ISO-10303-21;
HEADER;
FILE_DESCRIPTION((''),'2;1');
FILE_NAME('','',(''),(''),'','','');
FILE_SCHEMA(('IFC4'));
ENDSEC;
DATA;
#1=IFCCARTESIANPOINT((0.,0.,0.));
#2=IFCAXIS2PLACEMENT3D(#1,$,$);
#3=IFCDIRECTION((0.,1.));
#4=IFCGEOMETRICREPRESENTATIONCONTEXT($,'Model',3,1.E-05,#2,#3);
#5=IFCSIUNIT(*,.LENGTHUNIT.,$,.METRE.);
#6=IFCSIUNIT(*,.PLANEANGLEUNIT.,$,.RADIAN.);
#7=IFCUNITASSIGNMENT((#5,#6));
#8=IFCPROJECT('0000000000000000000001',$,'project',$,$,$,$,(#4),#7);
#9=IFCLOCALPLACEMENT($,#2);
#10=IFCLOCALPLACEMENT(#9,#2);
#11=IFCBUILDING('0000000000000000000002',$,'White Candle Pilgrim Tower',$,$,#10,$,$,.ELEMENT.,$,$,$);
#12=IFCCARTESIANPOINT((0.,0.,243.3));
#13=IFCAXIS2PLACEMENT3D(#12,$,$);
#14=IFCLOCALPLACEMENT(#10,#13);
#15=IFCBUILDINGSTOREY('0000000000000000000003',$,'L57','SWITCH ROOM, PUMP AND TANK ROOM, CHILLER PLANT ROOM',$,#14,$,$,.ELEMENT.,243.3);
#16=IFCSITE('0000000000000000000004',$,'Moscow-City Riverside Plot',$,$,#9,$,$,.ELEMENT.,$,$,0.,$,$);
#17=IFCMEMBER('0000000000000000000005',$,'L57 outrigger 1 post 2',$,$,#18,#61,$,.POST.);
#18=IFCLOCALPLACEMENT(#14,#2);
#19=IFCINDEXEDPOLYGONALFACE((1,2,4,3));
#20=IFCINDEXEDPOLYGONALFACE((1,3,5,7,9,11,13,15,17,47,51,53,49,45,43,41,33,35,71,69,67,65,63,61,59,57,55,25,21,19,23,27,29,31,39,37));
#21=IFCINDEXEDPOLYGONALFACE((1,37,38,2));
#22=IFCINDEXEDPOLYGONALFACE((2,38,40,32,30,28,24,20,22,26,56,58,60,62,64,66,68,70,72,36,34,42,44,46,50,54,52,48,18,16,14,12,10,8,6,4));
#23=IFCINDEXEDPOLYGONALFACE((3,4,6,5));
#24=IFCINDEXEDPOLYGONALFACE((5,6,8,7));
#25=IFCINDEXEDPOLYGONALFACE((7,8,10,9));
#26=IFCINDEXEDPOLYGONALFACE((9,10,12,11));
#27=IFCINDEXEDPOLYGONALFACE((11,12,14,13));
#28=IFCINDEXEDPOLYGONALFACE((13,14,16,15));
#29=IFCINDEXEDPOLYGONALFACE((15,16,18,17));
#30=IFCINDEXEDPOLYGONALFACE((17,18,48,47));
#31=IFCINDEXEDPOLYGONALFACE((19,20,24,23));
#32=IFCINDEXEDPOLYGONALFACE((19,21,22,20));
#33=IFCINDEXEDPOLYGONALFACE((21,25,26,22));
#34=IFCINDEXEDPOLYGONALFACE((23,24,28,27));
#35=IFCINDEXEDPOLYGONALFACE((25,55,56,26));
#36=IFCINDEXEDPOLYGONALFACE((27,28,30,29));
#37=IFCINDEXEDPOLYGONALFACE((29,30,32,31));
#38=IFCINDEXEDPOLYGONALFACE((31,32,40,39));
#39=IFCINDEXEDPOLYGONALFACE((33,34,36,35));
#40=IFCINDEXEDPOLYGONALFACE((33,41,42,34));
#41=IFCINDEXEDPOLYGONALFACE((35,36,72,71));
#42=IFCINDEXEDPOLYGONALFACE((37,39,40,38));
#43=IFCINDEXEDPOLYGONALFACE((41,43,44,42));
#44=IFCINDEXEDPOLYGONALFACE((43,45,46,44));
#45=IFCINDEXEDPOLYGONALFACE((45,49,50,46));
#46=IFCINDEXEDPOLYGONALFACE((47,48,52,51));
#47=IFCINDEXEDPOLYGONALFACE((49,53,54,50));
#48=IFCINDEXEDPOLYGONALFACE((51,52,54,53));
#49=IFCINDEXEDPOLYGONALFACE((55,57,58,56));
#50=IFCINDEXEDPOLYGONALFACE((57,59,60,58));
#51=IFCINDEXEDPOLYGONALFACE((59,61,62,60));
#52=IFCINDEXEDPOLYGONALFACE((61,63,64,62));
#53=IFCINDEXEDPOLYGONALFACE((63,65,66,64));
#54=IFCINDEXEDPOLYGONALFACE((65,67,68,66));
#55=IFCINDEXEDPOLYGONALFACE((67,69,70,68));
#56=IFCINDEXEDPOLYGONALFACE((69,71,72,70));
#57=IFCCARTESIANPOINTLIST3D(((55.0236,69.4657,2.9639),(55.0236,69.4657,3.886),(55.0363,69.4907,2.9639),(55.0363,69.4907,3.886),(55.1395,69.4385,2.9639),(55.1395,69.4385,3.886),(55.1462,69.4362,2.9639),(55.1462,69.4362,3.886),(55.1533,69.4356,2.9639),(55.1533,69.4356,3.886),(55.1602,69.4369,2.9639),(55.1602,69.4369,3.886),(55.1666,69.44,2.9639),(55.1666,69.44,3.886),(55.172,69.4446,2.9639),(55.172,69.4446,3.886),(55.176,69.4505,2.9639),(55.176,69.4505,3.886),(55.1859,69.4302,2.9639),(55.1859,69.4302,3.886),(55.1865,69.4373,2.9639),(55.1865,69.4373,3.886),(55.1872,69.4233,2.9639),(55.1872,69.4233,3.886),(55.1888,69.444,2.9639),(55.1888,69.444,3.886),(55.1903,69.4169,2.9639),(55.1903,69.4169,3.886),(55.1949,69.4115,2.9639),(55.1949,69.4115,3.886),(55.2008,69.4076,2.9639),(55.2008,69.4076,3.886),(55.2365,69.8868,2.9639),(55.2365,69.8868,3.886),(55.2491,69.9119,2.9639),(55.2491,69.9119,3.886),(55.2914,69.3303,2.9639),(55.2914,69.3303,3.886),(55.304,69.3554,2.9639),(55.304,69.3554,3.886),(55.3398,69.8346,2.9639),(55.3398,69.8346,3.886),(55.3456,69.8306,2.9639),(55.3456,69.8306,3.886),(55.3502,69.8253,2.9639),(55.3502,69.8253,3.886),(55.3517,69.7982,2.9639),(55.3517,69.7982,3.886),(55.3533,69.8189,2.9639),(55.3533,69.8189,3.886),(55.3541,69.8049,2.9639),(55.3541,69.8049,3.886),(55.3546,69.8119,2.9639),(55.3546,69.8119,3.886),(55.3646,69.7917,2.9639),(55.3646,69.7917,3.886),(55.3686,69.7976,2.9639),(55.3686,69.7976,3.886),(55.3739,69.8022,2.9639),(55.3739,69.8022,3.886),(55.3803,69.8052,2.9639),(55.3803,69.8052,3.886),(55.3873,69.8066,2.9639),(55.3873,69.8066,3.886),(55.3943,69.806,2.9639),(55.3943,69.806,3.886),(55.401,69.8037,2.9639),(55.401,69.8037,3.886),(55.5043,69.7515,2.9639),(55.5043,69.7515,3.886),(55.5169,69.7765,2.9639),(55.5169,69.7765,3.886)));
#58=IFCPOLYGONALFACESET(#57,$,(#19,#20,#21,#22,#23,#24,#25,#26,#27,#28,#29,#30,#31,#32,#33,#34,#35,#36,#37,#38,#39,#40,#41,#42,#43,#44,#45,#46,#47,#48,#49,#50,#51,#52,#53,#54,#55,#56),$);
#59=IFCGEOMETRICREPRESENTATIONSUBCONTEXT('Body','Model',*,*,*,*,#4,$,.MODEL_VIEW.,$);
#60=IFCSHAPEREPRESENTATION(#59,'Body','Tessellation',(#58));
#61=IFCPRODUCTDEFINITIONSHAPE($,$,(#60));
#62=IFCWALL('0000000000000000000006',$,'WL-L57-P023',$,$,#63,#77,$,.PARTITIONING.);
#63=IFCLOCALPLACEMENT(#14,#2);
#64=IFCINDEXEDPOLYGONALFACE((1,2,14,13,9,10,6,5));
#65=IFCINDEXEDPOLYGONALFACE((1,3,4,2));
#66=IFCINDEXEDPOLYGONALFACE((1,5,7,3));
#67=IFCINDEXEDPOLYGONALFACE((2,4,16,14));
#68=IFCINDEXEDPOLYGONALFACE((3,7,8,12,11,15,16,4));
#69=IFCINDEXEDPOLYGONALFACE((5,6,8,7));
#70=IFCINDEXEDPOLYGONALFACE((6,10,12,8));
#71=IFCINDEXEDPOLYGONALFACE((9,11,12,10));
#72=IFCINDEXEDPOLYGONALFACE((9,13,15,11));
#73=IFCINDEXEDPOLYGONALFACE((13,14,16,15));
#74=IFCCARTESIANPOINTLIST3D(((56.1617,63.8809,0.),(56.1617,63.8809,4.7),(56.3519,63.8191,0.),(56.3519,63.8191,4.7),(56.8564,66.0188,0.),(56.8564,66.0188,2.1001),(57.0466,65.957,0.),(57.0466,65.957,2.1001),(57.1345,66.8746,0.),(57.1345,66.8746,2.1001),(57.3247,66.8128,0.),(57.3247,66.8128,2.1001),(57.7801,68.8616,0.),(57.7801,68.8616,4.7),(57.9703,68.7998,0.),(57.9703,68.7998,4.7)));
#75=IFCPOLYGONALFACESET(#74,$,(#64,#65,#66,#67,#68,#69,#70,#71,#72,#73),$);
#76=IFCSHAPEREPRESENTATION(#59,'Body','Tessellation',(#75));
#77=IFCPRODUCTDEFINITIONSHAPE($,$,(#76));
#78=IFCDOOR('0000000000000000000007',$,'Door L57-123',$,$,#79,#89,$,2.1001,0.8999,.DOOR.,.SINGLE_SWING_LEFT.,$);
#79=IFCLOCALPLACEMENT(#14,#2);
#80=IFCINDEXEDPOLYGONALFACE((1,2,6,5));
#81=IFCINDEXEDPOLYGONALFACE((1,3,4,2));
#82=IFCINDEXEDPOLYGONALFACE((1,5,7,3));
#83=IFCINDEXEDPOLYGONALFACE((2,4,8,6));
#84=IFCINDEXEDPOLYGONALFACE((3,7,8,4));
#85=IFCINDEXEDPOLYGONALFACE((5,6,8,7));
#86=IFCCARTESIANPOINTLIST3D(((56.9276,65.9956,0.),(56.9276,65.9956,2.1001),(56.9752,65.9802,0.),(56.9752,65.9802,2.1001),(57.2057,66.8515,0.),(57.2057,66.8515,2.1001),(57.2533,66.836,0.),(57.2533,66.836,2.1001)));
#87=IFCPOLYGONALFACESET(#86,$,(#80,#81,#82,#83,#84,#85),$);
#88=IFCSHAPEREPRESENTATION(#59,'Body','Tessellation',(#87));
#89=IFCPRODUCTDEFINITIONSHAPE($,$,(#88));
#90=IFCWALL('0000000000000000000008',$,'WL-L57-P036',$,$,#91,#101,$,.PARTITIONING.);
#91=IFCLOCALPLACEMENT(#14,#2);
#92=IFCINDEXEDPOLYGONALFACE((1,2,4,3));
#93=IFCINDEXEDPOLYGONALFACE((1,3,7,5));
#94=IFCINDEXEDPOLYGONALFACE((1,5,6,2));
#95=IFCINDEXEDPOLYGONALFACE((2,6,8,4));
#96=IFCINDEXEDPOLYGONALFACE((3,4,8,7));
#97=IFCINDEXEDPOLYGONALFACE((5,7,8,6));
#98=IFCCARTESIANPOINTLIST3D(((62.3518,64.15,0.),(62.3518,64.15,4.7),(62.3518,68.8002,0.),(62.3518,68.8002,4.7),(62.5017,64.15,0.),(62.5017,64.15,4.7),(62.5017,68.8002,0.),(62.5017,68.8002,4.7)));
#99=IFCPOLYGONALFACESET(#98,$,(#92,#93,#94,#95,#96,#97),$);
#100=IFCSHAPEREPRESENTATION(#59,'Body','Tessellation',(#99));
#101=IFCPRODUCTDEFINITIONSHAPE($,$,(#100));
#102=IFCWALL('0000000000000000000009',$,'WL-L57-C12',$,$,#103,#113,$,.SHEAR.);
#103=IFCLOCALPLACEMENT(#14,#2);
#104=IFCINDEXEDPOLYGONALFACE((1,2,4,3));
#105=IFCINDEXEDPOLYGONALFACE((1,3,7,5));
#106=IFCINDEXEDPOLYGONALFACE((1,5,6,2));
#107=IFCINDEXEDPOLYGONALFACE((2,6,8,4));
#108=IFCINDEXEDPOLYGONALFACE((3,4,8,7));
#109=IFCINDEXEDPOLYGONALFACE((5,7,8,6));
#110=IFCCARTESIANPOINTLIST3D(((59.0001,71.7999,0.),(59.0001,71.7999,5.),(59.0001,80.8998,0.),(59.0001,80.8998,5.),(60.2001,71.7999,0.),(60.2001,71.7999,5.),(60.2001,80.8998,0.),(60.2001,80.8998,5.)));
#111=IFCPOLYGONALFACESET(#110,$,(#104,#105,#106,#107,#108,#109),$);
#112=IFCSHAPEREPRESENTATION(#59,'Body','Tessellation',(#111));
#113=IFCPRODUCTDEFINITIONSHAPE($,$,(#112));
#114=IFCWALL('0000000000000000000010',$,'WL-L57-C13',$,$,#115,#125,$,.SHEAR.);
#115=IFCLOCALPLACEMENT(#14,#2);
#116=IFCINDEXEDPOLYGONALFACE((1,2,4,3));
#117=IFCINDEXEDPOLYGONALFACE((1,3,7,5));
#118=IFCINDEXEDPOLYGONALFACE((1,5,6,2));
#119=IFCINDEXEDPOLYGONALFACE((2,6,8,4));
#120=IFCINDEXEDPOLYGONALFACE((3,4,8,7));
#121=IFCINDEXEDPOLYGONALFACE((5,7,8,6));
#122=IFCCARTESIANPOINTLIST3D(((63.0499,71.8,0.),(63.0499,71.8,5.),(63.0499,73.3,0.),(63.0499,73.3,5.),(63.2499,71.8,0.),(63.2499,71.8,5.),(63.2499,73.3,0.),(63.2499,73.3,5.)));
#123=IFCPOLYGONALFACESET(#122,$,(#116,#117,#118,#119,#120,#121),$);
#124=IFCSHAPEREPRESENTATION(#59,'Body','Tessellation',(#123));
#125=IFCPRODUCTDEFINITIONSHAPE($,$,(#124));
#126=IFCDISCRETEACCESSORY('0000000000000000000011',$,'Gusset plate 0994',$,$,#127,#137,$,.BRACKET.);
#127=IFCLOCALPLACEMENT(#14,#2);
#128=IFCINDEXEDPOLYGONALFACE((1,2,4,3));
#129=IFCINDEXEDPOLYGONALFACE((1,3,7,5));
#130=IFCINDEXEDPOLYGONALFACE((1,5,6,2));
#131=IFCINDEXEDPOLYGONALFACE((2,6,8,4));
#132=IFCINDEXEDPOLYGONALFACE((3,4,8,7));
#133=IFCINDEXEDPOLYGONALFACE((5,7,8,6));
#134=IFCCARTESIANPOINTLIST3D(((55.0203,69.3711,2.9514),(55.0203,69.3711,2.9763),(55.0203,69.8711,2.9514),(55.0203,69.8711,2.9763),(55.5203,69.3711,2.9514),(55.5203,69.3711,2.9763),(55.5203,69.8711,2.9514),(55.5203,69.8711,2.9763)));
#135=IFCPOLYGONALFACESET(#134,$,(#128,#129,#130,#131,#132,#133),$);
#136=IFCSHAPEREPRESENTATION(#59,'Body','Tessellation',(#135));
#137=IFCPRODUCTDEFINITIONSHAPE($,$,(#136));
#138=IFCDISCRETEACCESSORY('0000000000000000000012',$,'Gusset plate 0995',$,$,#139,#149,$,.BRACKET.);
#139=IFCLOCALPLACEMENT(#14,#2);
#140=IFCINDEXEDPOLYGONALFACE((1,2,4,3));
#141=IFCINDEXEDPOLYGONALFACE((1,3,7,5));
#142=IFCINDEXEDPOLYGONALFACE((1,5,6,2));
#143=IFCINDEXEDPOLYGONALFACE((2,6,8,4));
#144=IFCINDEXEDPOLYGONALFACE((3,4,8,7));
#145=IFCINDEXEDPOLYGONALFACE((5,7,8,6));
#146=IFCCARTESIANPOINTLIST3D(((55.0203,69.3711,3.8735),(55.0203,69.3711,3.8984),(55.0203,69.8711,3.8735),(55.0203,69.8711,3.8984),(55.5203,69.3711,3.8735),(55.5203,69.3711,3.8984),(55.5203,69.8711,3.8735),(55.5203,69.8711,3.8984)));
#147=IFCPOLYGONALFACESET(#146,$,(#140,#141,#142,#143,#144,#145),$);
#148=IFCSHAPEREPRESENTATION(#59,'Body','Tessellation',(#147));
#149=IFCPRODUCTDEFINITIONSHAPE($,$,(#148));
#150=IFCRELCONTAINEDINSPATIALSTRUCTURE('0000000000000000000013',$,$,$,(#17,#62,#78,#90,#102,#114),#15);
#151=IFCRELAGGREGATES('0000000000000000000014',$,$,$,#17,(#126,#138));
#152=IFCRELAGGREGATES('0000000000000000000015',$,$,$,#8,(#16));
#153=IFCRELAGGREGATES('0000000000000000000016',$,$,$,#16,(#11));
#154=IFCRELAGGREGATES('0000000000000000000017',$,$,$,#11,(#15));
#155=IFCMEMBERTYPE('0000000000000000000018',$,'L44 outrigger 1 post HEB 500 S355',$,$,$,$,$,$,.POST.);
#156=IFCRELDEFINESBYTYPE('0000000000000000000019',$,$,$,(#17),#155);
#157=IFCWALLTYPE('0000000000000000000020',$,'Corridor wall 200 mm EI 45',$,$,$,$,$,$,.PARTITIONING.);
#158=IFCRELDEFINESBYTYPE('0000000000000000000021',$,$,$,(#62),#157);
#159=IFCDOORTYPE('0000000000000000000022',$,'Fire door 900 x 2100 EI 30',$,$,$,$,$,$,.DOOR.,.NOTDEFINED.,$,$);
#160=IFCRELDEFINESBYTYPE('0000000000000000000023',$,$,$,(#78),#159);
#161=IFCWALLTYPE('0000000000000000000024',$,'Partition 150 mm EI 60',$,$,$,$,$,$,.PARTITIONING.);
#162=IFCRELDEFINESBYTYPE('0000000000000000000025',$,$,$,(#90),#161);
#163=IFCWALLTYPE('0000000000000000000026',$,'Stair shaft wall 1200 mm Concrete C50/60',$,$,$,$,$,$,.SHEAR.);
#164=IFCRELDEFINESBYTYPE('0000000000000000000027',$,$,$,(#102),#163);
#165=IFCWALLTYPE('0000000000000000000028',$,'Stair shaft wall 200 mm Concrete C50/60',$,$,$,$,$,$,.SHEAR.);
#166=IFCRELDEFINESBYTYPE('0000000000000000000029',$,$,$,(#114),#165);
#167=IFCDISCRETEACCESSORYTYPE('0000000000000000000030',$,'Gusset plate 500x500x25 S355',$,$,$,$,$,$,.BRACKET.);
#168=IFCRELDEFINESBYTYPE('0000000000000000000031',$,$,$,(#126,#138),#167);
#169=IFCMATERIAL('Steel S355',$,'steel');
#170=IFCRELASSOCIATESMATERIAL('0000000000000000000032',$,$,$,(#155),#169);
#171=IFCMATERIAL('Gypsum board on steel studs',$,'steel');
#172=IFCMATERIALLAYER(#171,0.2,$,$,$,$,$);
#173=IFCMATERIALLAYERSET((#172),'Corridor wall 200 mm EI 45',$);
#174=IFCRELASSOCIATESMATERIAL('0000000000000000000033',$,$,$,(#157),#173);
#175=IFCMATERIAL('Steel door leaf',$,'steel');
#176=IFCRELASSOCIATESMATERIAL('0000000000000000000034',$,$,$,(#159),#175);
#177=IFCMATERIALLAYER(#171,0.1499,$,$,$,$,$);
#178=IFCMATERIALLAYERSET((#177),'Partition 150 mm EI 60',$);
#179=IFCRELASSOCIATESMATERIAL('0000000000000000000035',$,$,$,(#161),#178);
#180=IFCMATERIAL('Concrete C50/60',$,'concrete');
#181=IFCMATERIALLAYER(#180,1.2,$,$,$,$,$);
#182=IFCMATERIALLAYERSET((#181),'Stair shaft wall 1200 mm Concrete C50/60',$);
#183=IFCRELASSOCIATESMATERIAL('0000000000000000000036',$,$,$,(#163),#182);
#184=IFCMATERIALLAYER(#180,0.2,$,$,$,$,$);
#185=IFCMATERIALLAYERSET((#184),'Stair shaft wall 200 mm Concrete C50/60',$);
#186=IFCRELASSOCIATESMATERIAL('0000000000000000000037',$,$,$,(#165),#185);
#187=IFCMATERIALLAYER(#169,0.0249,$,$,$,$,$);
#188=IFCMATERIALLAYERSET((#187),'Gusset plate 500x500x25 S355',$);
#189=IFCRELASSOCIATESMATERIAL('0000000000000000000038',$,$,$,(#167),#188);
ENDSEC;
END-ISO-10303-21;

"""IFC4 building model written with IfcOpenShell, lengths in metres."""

from ifc_helpers import new_model, si_unit, direction, frame, frame_2d, origin, origin_2d, place, context, subcontext, project, spatial, rectangle, i_section, extrude, material, layer, layer_set, material_profile, profile_set, type_object, element, fill, aggregate, save


model = new_model("IFC4")

# Units and contexts
model_context = context("Model", 3, precision=1e-05, world=origin(), true_north=direction((0.0, 1.0)))
body_context = subcontext(model_context, "Body", "Model", "MODEL_VIEW")
ifc_project = project(units=[si_unit("LENGTHUNIT", "METRE"), si_unit("PLANEANGLEUNIT", "RADIAN")], contexts=[model_context])

# Site, building, storey
site_placement = place(None, origin())
site = spatial("IfcSite", under=ifc_project, at=site_placement, Name="Moscow-City Riverside Plot", CompositionType="ELEMENT", RefElevation=0.0)
building_placement = place(site_placement, origin())
building = spatial("IfcBuilding", under=site, at=building_placement, Name="White Candle Pilgrim Tower", CompositionType="ELEMENT")
storey_placement = place(building_placement, frame((0.0, 0.0, 243.3)))
storey = spatial("IfcBuildingStorey", under=building, at=storey_placement, Name="L57", Description="SWITCH ROOM, PUMP AND TANK ROOM, CHILLER PLANT ROOM", CompositionType="ELEMENT", Elevation=243.3)

# Member
ifc_material_1 = material(Name="Steel S355", Category="steel")
ifc_material_profile_1 = material_profile(ifc_material_1, i_section(OverallWidth=0.3, OverallDepth=0.5, WebThickness=0.0144, FlangeThickness=0.0281, FilletRadius=0.0271, at=origin_2d()), Name="HEB 500")
ifc_profile_set_1 = profile_set([ifc_material_profile_1], Name="Steel S355")
member_type_1 = type_object("IfcMemberType", Name="L44 outrigger 1 post HEB 500 S355", PredefinedType="POST", material=ifc_profile_set_1)
member_1_placement = place(storey_placement, frame((55.2703, 69.6211, 2.9639), z_axis=(0.0, 0.0, 1.0), x_axis=(0.892472, -0.451103, 0.0)))
member_1 = element("IfcMember", 1, at=member_1_placement, inside=storey, type_object=member_type_1, Name="L57 outrigger 1 post 2", PredefinedType="POST", context=body_context, shape_type="SweptSolid", body=[
    extrude(i_section(OverallWidth=0.3, OverallDepth=0.5, WebThickness=0.0144, FlangeThickness=0.0281, FilletRadius=0.0271, at=origin_2d()), origin(), (0.0, 0.0, 1.0), 0.9221),
])

# Wall, opening, door
ifc_material_2 = material(Name="Gypsum board on steel studs", Category="steel")
ifc_layer_1 = layer(ifc_material_2, 0.2)
ifc_layer_set_1 = layer_set([ifc_layer_1], Name="Corridor wall 200 mm EI 45")
wall_type_1 = type_object("IfcWallType", Name="Corridor wall 200 mm EI 45", PredefinedType="PARTITIONING", material=ifc_layer_set_1)
wall_1_placement = place(storey_placement, frame((57.8752, 68.8308, 0.0), z_axis=(0.0, 0.0, 1.0), x_axis=(-0.30903, -0.951052, 0.0)))
wall_1 = element("IfcWall", 2, at=wall_1_placement, inside=storey, type_object=wall_type_1, Name="WL-L57-P023", PredefinedType="PARTITIONING", context=body_context, shape_type="SweptSolid", body=[
    extrude(rectangle(XDim=5.2371, YDim=0.2, at=frame_2d((2.6187, 0.0))), origin(), (0.0, 0.0, 1.0), 4.7),
])
opening_1_placement = place(wall_1_placement, frame((2.0894, 0.0, 0.0)))
opening_1 = element("IfcOpeningElement", 3, at=opening_1_placement, cuts=wall_1, PredefinedType="OPENING", context=body_context, shape_type="SweptSolid", body=[
    extrude(rectangle(XDim=0.8999, YDim=2.1001, at=frame_2d((0.45, 1.05))), frame((0.0, 0.1099, 0.0), z_axis=(0.0, -1.0, 0.0), x_axis=(1.0, 0.0, 0.0)), (0.0, 0.0, 1.0), 0.22),
])
ifc_material_3 = material(Name="Steel door leaf", Category="steel")
door_type_1 = type_object("IfcDoorType", Name="Fire door 900 x 2100 EI 30", OperationType="NOTDEFINED", PredefinedType="DOOR", material=ifc_material_3)
door_1_placement = place(opening_1_placement, origin())
door_1 = element("IfcDoor", 4, at=door_1_placement, inside=storey, type_object=door_type_1, Name="Door L57-123", OperationType="SINGLE_SWING_LEFT", OverallHeight=2.1001, OverallWidth=0.8999, PredefinedType="DOOR", context=body_context, shape_type="SweptSolid", body=[
    extrude(rectangle(XDim=0.8999, YDim=2.1001, at=frame_2d((0.45, 1.05))), frame((0.0, 0.0249, 0.0), z_axis=(0.0, -1.0, 0.0), x_axis=(1.0, 0.0, 0.0)), (0.0, 0.0, 1.0), 0.05),
])
fill(opening_1, door_1)

# Walls
ifc_layer_2 = layer(ifc_material_2, 0.1499)
ifc_layer_set_2 = layer_set([ifc_layer_2], Name="Partition 150 mm EI 60")
wall_type_2 = type_object("IfcWallType", Name="Partition 150 mm EI 60", PredefinedType="PARTITIONING", material=ifc_layer_set_2)
wall_2_placement = place(storey_placement, frame((62.4268, 64.1499, 0.0), z_axis=(0.0, 0.0, 1.0), x_axis=(0.0, 1.0, 0.0)))
element("IfcWall", 5, at=wall_2_placement, inside=storey, type_object=wall_type_2, Name="WL-L57-P036", PredefinedType="PARTITIONING", context=body_context, shape_type="SweptSolid", body=[
    extrude(rectangle(XDim=4.6501, YDim=0.1499, at=frame_2d((2.3252, 0.0))), origin(), (0.0, 0.0, 1.0), 4.7),
])
ifc_material_4 = material(Name="Concrete C50/60", Category="concrete")
ifc_layer_3 = layer(ifc_material_4, 1.2)
ifc_layer_set_3 = layer_set([ifc_layer_3], Name="Stair shaft wall 1200 mm Concrete C50/60")
wall_type_3 = type_object("IfcWallType", Name="Stair shaft wall 1200 mm Concrete C50/60", PredefinedType="SHEAR", material=ifc_layer_set_3)
wall_3_placement = place(storey_placement, frame((59.6001, 71.8, 0.0), z_axis=(0.0, 0.0, 1.0), x_axis=(0.0, 1.0, 0.0)))
element("IfcWall", 6, at=wall_3_placement, inside=storey, type_object=wall_type_3, Name="WL-L57-C12", PredefinedType="SHEAR", context=body_context, shape_type="SweptSolid", body=[
    extrude(rectangle(XDim=9.0999, YDim=1.2, at=frame_2d((4.5498, 0.0))), origin(), (0.0, 0.0, 1.0), 5.0),
])
ifc_layer_4 = layer(ifc_material_4, 0.2)
ifc_layer_set_4 = layer_set([ifc_layer_4], Name="Stair shaft wall 200 mm Concrete C50/60")
wall_type_4 = type_object("IfcWallType", Name="Stair shaft wall 200 mm Concrete C50/60", PredefinedType="SHEAR", material=ifc_layer_set_4)
wall_4_placement = place(storey_placement, frame((63.1499, 71.8, 0.0), z_axis=(0.0, 0.0, 1.0), x_axis=(0.0, 1.0, 0.0)))
element("IfcWall", 7, at=wall_4_placement, inside=storey, type_object=wall_type_4, Name="WL-L57-C13", PredefinedType="SHEAR", context=body_context, shape_type="SweptSolid", body=[
    extrude(rectangle(XDim=1.5, YDim=0.2, at=frame_2d((0.75, 0.0))), origin(), (0.0, 0.0, 1.0), 5.0),
])

# Discrete accessories
ifc_layer_5 = layer(ifc_material_1, 0.0249)
ifc_layer_set_5 = layer_set([ifc_layer_5], Name="Gusset plate 500x500x25 S355")
discrete_accessory_type = type_object("IfcDiscreteAccessoryType", Name="Gusset plate 500x500x25 S355", PredefinedType="BRACKET", material=ifc_layer_set_5)
discrete_accessory_1_placement = place(storey_placement, frame((55.2703, 69.6211, 2.9514), z_axis=(0.0, 0.0, 1.0), x_axis=(1.0, 0.0, 0.0)))
discrete_accessory_1 = element("IfcDiscreteAccessory", 8, at=discrete_accessory_1_placement, type_object=discrete_accessory_type, Name="Gusset plate 0994", PredefinedType="BRACKET", context=body_context, shape_type="SweptSolid", body=[
    extrude(rectangle(XDim=0.5, YDim=0.5, at=origin_2d()), origin(), (0.0, 0.0, 1.0), 0.0249),
])
discrete_accessory_2_placement = place(storey_placement, frame((55.2703, 69.6211, 3.8735), z_axis=(0.0, 0.0, 1.0), x_axis=(1.0, 0.0, 0.0)))
discrete_accessory_2 = element("IfcDiscreteAccessory", 9, at=discrete_accessory_2_placement, type_object=discrete_accessory_type, Name="Gusset plate 0995", PredefinedType="BRACKET", context=body_context, shape_type="SweptSolid", body=[
    extrude(rectangle(XDim=0.5, YDim=0.5, at=origin_2d()), origin(), (0.0, 0.0, 1.0), 0.0249),
])
aggregate(member_1, [discrete_accessory_1, discrete_accessory_2])

save(model, "model.ifc")
